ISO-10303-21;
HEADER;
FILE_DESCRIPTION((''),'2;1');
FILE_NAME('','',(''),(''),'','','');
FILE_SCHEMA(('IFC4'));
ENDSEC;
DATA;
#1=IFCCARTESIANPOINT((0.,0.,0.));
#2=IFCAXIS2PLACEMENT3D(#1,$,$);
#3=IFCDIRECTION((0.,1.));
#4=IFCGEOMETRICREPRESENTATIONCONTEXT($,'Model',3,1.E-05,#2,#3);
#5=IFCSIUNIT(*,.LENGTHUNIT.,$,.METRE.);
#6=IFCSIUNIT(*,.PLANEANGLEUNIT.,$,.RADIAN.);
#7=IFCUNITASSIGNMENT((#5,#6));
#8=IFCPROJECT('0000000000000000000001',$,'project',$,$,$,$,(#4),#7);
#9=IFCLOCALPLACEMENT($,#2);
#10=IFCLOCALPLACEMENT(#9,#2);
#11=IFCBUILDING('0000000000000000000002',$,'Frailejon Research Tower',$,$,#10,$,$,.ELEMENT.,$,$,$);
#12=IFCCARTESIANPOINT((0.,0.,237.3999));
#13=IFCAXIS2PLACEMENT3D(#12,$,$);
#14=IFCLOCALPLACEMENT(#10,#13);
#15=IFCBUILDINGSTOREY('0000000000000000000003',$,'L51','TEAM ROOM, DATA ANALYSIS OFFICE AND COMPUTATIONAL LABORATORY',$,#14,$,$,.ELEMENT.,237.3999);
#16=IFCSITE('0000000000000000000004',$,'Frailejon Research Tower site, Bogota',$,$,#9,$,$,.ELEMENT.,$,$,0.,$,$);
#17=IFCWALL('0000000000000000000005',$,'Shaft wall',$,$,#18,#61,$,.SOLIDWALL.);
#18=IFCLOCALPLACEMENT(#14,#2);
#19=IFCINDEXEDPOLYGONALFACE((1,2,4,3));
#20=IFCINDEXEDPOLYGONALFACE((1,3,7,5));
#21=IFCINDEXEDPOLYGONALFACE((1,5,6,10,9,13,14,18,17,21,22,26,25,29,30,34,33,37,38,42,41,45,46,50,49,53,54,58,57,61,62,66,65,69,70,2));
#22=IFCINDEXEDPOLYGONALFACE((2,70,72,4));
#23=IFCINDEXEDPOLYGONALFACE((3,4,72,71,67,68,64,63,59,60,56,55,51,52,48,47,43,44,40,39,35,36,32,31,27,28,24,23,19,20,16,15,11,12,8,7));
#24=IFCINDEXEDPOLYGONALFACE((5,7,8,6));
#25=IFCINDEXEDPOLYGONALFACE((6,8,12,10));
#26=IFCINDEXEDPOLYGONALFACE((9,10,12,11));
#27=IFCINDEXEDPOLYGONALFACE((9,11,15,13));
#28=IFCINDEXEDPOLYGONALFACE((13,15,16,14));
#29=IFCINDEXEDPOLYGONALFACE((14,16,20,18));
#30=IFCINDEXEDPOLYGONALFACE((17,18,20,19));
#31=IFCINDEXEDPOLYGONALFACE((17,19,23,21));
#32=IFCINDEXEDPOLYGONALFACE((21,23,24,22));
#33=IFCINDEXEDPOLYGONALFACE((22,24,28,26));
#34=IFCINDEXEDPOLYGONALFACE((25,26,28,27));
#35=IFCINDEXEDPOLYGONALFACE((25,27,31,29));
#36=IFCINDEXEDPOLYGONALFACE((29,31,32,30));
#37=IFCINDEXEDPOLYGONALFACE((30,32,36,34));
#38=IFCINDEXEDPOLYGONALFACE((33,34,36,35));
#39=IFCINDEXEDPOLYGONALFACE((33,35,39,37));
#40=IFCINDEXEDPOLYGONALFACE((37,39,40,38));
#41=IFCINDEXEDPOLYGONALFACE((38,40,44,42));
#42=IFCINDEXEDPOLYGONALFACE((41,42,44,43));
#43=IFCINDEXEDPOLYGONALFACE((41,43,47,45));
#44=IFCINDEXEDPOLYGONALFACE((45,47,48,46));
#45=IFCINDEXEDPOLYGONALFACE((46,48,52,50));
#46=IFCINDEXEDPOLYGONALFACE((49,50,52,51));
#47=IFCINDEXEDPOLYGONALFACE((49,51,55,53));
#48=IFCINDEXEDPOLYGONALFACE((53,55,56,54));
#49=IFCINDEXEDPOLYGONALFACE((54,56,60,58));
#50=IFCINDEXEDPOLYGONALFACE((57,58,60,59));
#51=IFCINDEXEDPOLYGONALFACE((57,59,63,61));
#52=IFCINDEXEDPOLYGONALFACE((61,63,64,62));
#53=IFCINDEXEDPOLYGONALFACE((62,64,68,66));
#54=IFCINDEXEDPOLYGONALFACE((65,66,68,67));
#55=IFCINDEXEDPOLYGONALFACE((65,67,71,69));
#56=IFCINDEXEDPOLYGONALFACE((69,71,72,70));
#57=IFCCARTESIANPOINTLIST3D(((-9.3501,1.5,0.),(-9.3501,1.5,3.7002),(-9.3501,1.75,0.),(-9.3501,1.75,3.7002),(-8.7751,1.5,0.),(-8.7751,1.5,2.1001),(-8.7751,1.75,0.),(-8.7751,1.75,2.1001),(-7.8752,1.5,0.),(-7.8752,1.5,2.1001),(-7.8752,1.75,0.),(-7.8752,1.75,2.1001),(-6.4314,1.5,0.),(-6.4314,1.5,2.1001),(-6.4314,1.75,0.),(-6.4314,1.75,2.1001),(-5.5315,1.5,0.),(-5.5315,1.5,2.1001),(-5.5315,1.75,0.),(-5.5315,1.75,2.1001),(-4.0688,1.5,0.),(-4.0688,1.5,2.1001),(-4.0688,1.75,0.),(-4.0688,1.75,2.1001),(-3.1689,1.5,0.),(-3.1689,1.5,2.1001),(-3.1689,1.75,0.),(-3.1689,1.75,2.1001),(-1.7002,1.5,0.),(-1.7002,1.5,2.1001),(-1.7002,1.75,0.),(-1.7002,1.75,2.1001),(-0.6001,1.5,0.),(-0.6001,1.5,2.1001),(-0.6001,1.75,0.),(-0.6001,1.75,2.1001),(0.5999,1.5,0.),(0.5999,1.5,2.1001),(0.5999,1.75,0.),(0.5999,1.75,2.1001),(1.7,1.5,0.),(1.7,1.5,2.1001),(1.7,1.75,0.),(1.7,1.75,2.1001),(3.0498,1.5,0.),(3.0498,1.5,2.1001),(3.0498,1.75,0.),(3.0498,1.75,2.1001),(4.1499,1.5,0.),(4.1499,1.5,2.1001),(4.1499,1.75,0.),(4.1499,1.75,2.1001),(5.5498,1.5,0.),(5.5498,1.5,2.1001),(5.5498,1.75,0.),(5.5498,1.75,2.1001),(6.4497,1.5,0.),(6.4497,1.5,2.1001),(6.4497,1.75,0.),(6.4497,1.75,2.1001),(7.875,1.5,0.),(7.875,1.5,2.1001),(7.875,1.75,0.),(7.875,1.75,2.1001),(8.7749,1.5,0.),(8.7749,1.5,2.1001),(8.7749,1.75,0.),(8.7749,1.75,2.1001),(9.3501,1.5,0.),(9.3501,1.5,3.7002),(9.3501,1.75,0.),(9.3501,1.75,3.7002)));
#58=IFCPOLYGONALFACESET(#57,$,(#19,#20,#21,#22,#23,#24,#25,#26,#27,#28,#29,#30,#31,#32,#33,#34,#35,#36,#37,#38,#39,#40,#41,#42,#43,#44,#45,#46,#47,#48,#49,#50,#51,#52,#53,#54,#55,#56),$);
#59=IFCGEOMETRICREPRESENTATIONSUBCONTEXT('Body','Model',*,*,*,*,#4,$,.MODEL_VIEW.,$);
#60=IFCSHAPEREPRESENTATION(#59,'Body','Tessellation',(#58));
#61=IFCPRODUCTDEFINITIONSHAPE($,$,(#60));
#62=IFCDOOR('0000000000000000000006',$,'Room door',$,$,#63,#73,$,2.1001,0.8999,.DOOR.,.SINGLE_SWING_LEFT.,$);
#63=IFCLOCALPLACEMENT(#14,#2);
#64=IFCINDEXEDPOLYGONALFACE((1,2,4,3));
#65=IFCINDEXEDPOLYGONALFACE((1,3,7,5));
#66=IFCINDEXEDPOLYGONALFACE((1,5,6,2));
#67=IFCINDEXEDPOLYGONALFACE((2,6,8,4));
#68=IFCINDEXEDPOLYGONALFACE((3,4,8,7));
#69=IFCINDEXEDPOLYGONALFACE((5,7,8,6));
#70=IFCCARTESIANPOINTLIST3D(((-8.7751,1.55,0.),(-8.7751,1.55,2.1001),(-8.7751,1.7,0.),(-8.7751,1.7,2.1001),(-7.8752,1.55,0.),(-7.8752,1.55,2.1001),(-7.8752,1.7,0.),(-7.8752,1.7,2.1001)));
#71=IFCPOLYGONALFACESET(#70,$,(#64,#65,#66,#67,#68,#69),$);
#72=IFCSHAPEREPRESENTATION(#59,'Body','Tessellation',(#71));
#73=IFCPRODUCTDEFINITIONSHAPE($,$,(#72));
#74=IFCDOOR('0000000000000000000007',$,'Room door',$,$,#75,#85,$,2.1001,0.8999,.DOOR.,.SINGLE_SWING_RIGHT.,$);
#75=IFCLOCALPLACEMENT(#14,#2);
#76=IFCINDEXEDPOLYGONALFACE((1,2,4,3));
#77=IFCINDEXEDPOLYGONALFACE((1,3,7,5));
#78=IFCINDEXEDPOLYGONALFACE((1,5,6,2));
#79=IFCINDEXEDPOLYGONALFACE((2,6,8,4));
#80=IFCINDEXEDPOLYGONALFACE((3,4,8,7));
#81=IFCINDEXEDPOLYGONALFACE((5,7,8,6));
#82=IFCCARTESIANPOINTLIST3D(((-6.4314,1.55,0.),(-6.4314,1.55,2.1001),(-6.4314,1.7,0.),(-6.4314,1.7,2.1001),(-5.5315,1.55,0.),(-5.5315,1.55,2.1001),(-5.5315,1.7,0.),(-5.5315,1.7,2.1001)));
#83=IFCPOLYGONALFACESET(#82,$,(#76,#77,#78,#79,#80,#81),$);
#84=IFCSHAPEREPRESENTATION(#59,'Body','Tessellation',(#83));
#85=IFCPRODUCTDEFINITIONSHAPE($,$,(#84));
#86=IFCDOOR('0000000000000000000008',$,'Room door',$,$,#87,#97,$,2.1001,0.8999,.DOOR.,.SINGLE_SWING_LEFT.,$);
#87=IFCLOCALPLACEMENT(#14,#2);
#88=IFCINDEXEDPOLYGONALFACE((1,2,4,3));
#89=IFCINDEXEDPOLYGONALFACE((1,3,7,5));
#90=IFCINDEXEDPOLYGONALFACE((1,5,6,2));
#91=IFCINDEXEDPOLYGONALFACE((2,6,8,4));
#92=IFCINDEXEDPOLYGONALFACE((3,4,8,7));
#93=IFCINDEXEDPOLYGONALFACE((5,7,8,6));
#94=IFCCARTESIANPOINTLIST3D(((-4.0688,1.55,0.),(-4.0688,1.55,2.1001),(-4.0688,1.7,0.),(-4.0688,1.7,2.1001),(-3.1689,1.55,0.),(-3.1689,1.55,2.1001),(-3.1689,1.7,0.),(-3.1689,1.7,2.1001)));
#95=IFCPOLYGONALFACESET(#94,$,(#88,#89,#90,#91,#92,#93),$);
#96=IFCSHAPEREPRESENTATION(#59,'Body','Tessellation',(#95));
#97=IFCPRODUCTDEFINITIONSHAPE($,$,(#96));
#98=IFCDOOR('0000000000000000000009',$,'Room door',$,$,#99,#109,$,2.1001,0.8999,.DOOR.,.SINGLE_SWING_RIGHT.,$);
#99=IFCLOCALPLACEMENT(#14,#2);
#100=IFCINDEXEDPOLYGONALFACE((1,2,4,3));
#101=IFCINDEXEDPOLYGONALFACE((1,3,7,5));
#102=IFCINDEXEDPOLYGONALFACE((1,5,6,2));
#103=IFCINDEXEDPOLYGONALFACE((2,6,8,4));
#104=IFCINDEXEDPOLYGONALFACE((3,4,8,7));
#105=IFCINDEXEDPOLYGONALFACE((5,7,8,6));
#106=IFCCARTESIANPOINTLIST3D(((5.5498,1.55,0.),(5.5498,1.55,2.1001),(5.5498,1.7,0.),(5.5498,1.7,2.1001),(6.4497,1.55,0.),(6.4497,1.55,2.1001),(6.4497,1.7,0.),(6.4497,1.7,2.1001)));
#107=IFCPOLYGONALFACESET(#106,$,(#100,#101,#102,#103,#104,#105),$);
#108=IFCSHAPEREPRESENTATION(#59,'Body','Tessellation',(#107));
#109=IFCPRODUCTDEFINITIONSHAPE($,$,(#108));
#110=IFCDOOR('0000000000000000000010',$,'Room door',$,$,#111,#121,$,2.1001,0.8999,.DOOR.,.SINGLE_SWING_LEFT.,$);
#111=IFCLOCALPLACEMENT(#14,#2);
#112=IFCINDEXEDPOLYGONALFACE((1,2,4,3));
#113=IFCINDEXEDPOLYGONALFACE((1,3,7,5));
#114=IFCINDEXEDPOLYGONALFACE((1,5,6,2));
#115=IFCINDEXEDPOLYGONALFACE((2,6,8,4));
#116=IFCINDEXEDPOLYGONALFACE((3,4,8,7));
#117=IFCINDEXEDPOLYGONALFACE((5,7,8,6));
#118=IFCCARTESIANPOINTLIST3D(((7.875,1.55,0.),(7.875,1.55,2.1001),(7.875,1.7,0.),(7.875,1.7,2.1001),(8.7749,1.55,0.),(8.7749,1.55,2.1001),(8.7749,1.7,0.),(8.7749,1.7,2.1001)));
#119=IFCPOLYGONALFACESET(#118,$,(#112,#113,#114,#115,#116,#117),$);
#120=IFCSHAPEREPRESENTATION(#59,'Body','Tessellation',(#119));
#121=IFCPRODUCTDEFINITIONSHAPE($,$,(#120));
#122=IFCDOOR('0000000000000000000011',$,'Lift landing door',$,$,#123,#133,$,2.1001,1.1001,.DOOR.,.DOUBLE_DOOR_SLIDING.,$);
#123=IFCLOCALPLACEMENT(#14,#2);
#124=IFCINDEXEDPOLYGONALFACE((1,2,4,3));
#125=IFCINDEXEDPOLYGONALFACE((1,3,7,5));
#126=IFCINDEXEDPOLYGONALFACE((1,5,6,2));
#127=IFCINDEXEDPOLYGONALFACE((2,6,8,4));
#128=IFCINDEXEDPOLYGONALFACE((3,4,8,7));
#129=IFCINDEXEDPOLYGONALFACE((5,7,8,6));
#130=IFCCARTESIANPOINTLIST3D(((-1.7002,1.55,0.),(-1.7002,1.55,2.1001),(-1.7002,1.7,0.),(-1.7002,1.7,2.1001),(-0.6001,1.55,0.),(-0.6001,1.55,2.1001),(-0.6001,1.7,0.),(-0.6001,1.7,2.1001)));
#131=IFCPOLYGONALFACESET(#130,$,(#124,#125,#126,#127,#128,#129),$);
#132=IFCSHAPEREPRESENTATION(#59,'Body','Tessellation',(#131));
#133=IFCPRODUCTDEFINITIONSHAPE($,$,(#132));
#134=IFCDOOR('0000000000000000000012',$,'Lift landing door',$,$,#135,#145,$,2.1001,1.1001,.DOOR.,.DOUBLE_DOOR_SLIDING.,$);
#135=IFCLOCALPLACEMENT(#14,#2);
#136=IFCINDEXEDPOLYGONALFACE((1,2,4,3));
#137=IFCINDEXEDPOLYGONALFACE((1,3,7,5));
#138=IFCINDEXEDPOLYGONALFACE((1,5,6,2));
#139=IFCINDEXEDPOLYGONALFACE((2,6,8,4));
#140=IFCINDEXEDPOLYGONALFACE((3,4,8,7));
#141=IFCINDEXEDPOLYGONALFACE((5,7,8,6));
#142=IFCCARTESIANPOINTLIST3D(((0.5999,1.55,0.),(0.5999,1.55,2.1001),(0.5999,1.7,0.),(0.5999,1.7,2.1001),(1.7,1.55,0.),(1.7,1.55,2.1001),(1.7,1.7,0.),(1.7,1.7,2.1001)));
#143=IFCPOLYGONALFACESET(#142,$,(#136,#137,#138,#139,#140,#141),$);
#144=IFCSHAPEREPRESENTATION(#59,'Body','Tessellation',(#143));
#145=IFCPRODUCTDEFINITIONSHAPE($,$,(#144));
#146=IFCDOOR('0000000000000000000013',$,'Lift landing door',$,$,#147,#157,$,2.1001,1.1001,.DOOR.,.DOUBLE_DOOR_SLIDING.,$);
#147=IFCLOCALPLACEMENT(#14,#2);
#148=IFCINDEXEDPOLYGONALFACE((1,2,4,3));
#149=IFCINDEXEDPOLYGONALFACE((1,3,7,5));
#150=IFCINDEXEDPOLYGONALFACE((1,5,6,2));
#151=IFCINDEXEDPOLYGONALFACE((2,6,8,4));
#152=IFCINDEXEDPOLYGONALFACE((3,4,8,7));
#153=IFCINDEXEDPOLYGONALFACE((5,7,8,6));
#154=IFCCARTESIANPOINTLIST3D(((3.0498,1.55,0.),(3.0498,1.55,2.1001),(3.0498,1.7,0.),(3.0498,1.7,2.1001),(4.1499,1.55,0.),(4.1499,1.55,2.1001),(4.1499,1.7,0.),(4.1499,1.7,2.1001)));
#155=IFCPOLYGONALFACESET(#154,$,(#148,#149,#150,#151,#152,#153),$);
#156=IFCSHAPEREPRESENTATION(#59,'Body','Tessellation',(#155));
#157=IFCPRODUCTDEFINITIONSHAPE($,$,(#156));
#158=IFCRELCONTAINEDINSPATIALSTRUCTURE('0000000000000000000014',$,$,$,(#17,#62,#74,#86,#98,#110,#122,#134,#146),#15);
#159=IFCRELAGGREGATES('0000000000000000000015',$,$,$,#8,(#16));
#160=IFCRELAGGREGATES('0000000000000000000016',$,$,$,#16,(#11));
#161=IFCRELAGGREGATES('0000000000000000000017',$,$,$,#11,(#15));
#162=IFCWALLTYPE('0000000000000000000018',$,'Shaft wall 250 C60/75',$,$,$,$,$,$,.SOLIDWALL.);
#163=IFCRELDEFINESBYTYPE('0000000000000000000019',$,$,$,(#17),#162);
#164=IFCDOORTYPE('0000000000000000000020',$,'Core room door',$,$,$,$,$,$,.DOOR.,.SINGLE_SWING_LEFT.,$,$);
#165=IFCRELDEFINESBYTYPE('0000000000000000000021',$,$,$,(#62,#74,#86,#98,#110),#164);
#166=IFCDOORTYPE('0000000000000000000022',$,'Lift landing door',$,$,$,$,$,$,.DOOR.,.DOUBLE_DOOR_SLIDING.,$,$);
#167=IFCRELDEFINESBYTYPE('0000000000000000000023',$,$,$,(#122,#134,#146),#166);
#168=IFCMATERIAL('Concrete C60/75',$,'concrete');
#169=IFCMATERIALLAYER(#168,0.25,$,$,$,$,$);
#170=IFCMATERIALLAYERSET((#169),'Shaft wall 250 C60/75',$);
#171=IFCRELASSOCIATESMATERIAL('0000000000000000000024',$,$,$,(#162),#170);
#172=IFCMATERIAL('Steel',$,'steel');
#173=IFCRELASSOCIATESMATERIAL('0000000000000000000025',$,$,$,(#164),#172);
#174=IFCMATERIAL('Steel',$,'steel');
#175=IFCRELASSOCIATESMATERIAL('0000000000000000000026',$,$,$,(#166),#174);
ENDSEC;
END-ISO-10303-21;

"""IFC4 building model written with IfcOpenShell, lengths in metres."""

from ifc_helpers import new_model, si_unit, direction, frame, frame_2d, origin, place, context, subcontext, project, spatial, rectangle, extrude, material, layer, layer_set, type_object, element, fill, save


model = new_model("IFC4")

# Units and contexts
model_context = context("Model", 3, precision=1e-05, world=origin(), true_north=direction((0.0, 1.0)))
body_context = subcontext(model_context, "Body", "Model", "MODEL_VIEW")
ifc_project = project(units=[si_unit("LENGTHUNIT", "METRE"), si_unit("PLANEANGLEUNIT", "RADIAN")], contexts=[model_context])

# Site, building, storey
site_placement = place(None, origin())
site = spatial("IfcSite", under=ifc_project, at=site_placement, Name="Frailejon Research Tower site, Bogota", CompositionType="ELEMENT", RefElevation=0.0)
building_placement = place(site_placement, origin())
building = spatial("IfcBuilding", under=site, at=building_placement, Name="Frailejon Research Tower", CompositionType="ELEMENT")
storey_placement = place(building_placement, frame((0.0, 0.0, 237.3999)))
storey = spatial("IfcBuildingStorey", under=building, at=storey_placement, Name="L51", Description="TEAM ROOM, DATA ANALYSIS OFFICE AND COMPUTATIONAL LABORATORY", CompositionType="ELEMENT", Elevation=237.3999)

# Shared definitions
ifc_material_1 = material(Name="Concrete C60/75", Category="concrete")
ifc_layer_1 = layer(ifc_material_1, 0.25)
ifc_layer_set_1 = layer_set([ifc_layer_1], Name="Shaft wall 250 C60/75")
wall_type_1 = type_object("IfcWallType", Name="Shaft wall 250 C60/75", PredefinedType="SOLIDWALL", material=ifc_layer_set_1)
ifc_material_2 = material(Name="Steel", Category="steel")
door_type_1 = type_object("IfcDoorType", Name="Core room door", OperationType="SINGLE_SWING_LEFT", PredefinedType="DOOR", material=ifc_material_2)

# Wall, openings, doors
wall_1_placement = place(storey_placement, frame((-9.3501, 1.625, 0.0), z_axis=(0.0, 0.0, 1.0), x_axis=(1.0, 0.0, 0.0)))
wall_1 = element("IfcWall", 1, at=wall_1_placement, inside=storey, type_object=wall_type_1, Name="Shaft wall", PredefinedType="SOLIDWALL", context=body_context, shape_type="SweptSolid", body=[
    extrude(rectangle(XDim=18.7002, YDim=0.25, at=frame_2d((9.3501, 0.0))), origin(), (0.0, 0.0, 1.0), 3.7002),
])
opening_1_placement = place(wall_1_placement, frame((7.6499, 0.0, 0.0)))
opening_1 = element("IfcOpeningElement", 2, at=opening_1_placement, cuts=wall_1, PredefinedType="OPENING", context=body_context, shape_type="SweptSolid", body=[
    extrude(rectangle(XDim=1.1001, YDim=2.1001, at=frame_2d((0.55, 1.05))), frame((0.0, 0.135, 0.0), z_axis=(0.0, -1.0, 0.0), x_axis=(1.0, 0.0, 0.0)), (0.0, 0.0, 1.0), 0.27),
])
opening_2_placement = place(wall_1_placement, frame((9.95, 0.0, 0.0)))
opening_2 = element("IfcOpeningElement", 3, at=opening_2_placement, cuts=wall_1, PredefinedType="OPENING", context=body_context, shape_type="SweptSolid", body=[
    extrude(rectangle(XDim=1.1001, YDim=2.1001, at=frame_2d((0.55, 1.05))), frame((0.0, 0.135, 0.0), z_axis=(0.0, -1.0, 0.0), x_axis=(1.0, 0.0, 0.0)), (0.0, 0.0, 1.0), 0.27),
])
opening_3_placement = place(wall_1_placement, frame((12.3999, 0.0, 0.0)))
opening_3 = element("IfcOpeningElement", 4, at=opening_3_placement, cuts=wall_1, PredefinedType="OPENING", context=body_context, shape_type="SweptSolid", body=[
    extrude(rectangle(XDim=1.1001, YDim=2.1001, at=frame_2d((0.55, 1.05))), frame((0.0, 0.135, 0.0), z_axis=(0.0, -1.0, 0.0), x_axis=(1.0, 0.0, 0.0)), (0.0, 0.0, 1.0), 0.27),
])
opening_4_placement = place(wall_1_placement, frame((0.575, 0.0, 0.0)))
opening_4 = element("IfcOpeningElement", 5, at=opening_4_placement, cuts=wall_1, PredefinedType="OPENING", context=body_context, shape_type="SweptSolid", body=[
    extrude(rectangle(XDim=0.8999, YDim=2.1001, at=frame_2d((0.45, 1.05))), frame((0.0, 0.135, 0.0), z_axis=(0.0, -1.0, 0.0), x_axis=(1.0, 0.0, 0.0)), (0.0, 0.0, 1.0), 0.27),
])
opening_5_placement = place(wall_1_placement, frame((2.9187, 0.0, 0.0)))
opening_5 = element("IfcOpeningElement", 6, at=opening_5_placement, cuts=wall_1, PredefinedType="OPENING", context=body_context, shape_type="SweptSolid", body=[
    extrude(rectangle(XDim=0.8999, YDim=2.1001, at=frame_2d((0.45, 1.05))), frame((0.0, 0.135, 0.0), z_axis=(0.0, -1.0, 0.0), x_axis=(1.0, 0.0, 0.0)), (0.0, 0.0, 1.0), 0.27),
])
opening_6_placement = place(wall_1_placement, frame((5.2812, 0.0, 0.0)))
opening_6 = element("IfcOpeningElement", 7, at=opening_6_placement, cuts=wall_1, PredefinedType="OPENING", context=body_context, shape_type="SweptSolid", body=[
    extrude(rectangle(XDim=0.8999, YDim=2.1001, at=frame_2d((0.45, 1.05))), frame((0.0, 0.135, 0.0), z_axis=(0.0, -1.0, 0.0), x_axis=(1.0, 0.0, 0.0)), (0.0, 0.0, 1.0), 0.27),
])
opening_7_placement = place(wall_1_placement, frame((14.8999, 0.0, 0.0)))
opening_7 = element("IfcOpeningElement", 8, at=opening_7_placement, cuts=wall_1, PredefinedType="OPENING", context=body_context, shape_type="SweptSolid", body=[
    extrude(rectangle(XDim=0.8999, YDim=2.1001, at=frame_2d((0.45, 1.05))), frame((0.0, 0.135, 0.0), z_axis=(0.0, -1.0, 0.0), x_axis=(1.0, 0.0, 0.0)), (0.0, 0.0, 1.0), 0.27),
])
opening_8_placement = place(wall_1_placement, frame((17.2251, 0.0, 0.0)))
opening_8 = element("IfcOpeningElement", 9, at=opening_8_placement, cuts=wall_1, PredefinedType="OPENING", context=body_context, shape_type="SweptSolid", body=[
    extrude(rectangle(XDim=0.8999, YDim=2.1001, at=frame_2d((0.45, 1.05))), frame((0.0, 0.135, 0.0), z_axis=(0.0, -1.0, 0.0), x_axis=(1.0, 0.0, 0.0)), (0.0, 0.0, 1.0), 0.27),
])
door_1_placement = place(opening_4_placement, origin())
door_1 = element("IfcDoor", 10, at=door_1_placement, inside=storey, type_object=door_type_1, Name="Room door", OperationType="SINGLE_SWING_LEFT", OverallHeight=2.1001, OverallWidth=0.8999, PredefinedType="DOOR", context=body_context, shape_type="SweptSolid", body=[
    extrude(rectangle(XDim=0.8999, YDim=2.1001, at=frame_2d((0.45, 1.05))), frame((0.0, 0.075, 0.0), z_axis=(0.0, -1.0, 0.0), x_axis=(1.0, 0.0, 0.0)), (0.0, 0.0, 1.0), 0.1499),
])
fill(opening_4, door_1)
door_2_placement = place(opening_5_placement, origin())
door_2 = element("IfcDoor", 11, at=door_2_placement, inside=storey, type_object=door_type_1, Name="Room door", OperationType="SINGLE_SWING_RIGHT", OverallHeight=2.1001, OverallWidth=0.8999, PredefinedType="DOOR", context=body_context, shape_type="SweptSolid", body=[
    extrude(rectangle(XDim=0.8999, YDim=2.1001, at=frame_2d((0.45, 1.05))), frame((0.0, 0.075, 0.0), z_axis=(0.0, -1.0, 0.0), x_axis=(1.0, 0.0, 0.0)), (0.0, 0.0, 1.0), 0.1499),
])
fill(opening_5, door_2)
door_3_placement = place(opening_6_placement, origin())
door_3 = element("IfcDoor", 12, at=door_3_placement, inside=storey, type_object=door_type_1, Name="Room door", OperationType="SINGLE_SWING_LEFT", OverallHeight=2.1001, OverallWidth=0.8999, PredefinedType="DOOR", context=body_context, shape_type="SweptSolid", body=[
    extrude(rectangle(XDim=0.8999, YDim=2.1001, at=frame_2d((0.45, 1.05))), frame((0.0, 0.075, 0.0), z_axis=(0.0, -1.0, 0.0), x_axis=(1.0, 0.0, 0.0)), (0.0, 0.0, 1.0), 0.1499),
])
fill(opening_6, door_3)
door_4_placement = place(opening_7_placement, origin())
door_4 = element("IfcDoor", 13, at=door_4_placement, inside=storey, type_object=door_type_1, Name="Room door", OperationType="SINGLE_SWING_RIGHT", OverallHeight=2.1001, OverallWidth=0.8999, PredefinedType="DOOR", context=body_context, shape_type="SweptSolid", body=[
    extrude(rectangle(XDim=0.8999, YDim=2.1001, at=frame_2d((0.45, 1.05))), frame((0.0, 0.075, 0.0), z_axis=(0.0, -1.0, 0.0), x_axis=(1.0, 0.0, 0.0)), (0.0, 0.0, 1.0), 0.1499),
])
fill(opening_7, door_4)
door_5_placement = place(opening_8_placement, origin())
door_5 = element("IfcDoor", 14, at=door_5_placement, inside=storey, type_object=door_type_1, Name="Room door", OperationType="SINGLE_SWING_LEFT", OverallHeight=2.1001, OverallWidth=0.8999, PredefinedType="DOOR", context=body_context, shape_type="SweptSolid", body=[
    extrude(rectangle(XDim=0.8999, YDim=2.1001, at=frame_2d((0.45, 1.05))), frame((0.0, 0.075, 0.0), z_axis=(0.0, -1.0, 0.0), x_axis=(1.0, 0.0, 0.0)), (0.0, 0.0, 1.0), 0.1499),
])
fill(opening_8, door_5)
ifc_material_3 = material(Name="Steel", Category="steel")
door_type_2 = type_object("IfcDoorType", Name="Lift landing door", OperationType="DOUBLE_DOOR_SLIDING", PredefinedType="DOOR", material=ifc_material_3)
door_6_placement = place(opening_1_placement, origin())
door_6 = element("IfcDoor", 15, at=door_6_placement, inside=storey, type_object=door_type_2, Name="Lift landing door", OperationType="DOUBLE_DOOR_SLIDING", OverallHeight=2.1001, OverallWidth=1.1001, PredefinedType="DOOR", context=body_context, shape_type="SweptSolid", body=[
    extrude(rectangle(XDim=1.1001, YDim=2.1001, at=frame_2d((0.55, 1.05))), frame((0.0, 0.075, 0.0), z_axis=(0.0, -1.0, 0.0), x_axis=(1.0, 0.0, 0.0)), (0.0, 0.0, 1.0), 0.1499),
])
fill(opening_1, door_6)
door_7_placement = place(opening_2_placement, origin())
door_7 = element("IfcDoor", 16, at=door_7_placement, inside=storey, type_object=door_type_2, Name="Lift landing door", OperationType="DOUBLE_DOOR_SLIDING", OverallHeight=2.1001, OverallWidth=1.1001, PredefinedType="DOOR", context=body_context, shape_type="SweptSolid", body=[
    extrude(rectangle(XDim=1.1001, YDim=2.1001, at=frame_2d((0.55, 1.05))), frame((0.0, 0.075, 0.0), z_axis=(0.0, -1.0, 0.0), x_axis=(1.0, 0.0, 0.0)), (0.0, 0.0, 1.0), 0.1499),
])
fill(opening_2, door_7)
door_8_placement = place(opening_3_placement, origin())
door_8 = element("IfcDoor", 17, at=door_8_placement, inside=storey, type_object=door_type_2, Name="Lift landing door", OperationType="DOUBLE_DOOR_SLIDING", OverallHeight=2.1001, OverallWidth=1.1001, PredefinedType="DOOR", context=body_context, shape_type="SweptSolid", body=[
    extrude(rectangle(XDim=1.1001, YDim=2.1001, at=frame_2d((0.55, 1.05))), frame((0.0, 0.075, 0.0), z_axis=(0.0, -1.0, 0.0), x_axis=(1.0, 0.0, 0.0)), (0.0, 0.0, 1.0), 0.1499),
])
fill(opening_3, door_8)

save(model, "model.ifc")
